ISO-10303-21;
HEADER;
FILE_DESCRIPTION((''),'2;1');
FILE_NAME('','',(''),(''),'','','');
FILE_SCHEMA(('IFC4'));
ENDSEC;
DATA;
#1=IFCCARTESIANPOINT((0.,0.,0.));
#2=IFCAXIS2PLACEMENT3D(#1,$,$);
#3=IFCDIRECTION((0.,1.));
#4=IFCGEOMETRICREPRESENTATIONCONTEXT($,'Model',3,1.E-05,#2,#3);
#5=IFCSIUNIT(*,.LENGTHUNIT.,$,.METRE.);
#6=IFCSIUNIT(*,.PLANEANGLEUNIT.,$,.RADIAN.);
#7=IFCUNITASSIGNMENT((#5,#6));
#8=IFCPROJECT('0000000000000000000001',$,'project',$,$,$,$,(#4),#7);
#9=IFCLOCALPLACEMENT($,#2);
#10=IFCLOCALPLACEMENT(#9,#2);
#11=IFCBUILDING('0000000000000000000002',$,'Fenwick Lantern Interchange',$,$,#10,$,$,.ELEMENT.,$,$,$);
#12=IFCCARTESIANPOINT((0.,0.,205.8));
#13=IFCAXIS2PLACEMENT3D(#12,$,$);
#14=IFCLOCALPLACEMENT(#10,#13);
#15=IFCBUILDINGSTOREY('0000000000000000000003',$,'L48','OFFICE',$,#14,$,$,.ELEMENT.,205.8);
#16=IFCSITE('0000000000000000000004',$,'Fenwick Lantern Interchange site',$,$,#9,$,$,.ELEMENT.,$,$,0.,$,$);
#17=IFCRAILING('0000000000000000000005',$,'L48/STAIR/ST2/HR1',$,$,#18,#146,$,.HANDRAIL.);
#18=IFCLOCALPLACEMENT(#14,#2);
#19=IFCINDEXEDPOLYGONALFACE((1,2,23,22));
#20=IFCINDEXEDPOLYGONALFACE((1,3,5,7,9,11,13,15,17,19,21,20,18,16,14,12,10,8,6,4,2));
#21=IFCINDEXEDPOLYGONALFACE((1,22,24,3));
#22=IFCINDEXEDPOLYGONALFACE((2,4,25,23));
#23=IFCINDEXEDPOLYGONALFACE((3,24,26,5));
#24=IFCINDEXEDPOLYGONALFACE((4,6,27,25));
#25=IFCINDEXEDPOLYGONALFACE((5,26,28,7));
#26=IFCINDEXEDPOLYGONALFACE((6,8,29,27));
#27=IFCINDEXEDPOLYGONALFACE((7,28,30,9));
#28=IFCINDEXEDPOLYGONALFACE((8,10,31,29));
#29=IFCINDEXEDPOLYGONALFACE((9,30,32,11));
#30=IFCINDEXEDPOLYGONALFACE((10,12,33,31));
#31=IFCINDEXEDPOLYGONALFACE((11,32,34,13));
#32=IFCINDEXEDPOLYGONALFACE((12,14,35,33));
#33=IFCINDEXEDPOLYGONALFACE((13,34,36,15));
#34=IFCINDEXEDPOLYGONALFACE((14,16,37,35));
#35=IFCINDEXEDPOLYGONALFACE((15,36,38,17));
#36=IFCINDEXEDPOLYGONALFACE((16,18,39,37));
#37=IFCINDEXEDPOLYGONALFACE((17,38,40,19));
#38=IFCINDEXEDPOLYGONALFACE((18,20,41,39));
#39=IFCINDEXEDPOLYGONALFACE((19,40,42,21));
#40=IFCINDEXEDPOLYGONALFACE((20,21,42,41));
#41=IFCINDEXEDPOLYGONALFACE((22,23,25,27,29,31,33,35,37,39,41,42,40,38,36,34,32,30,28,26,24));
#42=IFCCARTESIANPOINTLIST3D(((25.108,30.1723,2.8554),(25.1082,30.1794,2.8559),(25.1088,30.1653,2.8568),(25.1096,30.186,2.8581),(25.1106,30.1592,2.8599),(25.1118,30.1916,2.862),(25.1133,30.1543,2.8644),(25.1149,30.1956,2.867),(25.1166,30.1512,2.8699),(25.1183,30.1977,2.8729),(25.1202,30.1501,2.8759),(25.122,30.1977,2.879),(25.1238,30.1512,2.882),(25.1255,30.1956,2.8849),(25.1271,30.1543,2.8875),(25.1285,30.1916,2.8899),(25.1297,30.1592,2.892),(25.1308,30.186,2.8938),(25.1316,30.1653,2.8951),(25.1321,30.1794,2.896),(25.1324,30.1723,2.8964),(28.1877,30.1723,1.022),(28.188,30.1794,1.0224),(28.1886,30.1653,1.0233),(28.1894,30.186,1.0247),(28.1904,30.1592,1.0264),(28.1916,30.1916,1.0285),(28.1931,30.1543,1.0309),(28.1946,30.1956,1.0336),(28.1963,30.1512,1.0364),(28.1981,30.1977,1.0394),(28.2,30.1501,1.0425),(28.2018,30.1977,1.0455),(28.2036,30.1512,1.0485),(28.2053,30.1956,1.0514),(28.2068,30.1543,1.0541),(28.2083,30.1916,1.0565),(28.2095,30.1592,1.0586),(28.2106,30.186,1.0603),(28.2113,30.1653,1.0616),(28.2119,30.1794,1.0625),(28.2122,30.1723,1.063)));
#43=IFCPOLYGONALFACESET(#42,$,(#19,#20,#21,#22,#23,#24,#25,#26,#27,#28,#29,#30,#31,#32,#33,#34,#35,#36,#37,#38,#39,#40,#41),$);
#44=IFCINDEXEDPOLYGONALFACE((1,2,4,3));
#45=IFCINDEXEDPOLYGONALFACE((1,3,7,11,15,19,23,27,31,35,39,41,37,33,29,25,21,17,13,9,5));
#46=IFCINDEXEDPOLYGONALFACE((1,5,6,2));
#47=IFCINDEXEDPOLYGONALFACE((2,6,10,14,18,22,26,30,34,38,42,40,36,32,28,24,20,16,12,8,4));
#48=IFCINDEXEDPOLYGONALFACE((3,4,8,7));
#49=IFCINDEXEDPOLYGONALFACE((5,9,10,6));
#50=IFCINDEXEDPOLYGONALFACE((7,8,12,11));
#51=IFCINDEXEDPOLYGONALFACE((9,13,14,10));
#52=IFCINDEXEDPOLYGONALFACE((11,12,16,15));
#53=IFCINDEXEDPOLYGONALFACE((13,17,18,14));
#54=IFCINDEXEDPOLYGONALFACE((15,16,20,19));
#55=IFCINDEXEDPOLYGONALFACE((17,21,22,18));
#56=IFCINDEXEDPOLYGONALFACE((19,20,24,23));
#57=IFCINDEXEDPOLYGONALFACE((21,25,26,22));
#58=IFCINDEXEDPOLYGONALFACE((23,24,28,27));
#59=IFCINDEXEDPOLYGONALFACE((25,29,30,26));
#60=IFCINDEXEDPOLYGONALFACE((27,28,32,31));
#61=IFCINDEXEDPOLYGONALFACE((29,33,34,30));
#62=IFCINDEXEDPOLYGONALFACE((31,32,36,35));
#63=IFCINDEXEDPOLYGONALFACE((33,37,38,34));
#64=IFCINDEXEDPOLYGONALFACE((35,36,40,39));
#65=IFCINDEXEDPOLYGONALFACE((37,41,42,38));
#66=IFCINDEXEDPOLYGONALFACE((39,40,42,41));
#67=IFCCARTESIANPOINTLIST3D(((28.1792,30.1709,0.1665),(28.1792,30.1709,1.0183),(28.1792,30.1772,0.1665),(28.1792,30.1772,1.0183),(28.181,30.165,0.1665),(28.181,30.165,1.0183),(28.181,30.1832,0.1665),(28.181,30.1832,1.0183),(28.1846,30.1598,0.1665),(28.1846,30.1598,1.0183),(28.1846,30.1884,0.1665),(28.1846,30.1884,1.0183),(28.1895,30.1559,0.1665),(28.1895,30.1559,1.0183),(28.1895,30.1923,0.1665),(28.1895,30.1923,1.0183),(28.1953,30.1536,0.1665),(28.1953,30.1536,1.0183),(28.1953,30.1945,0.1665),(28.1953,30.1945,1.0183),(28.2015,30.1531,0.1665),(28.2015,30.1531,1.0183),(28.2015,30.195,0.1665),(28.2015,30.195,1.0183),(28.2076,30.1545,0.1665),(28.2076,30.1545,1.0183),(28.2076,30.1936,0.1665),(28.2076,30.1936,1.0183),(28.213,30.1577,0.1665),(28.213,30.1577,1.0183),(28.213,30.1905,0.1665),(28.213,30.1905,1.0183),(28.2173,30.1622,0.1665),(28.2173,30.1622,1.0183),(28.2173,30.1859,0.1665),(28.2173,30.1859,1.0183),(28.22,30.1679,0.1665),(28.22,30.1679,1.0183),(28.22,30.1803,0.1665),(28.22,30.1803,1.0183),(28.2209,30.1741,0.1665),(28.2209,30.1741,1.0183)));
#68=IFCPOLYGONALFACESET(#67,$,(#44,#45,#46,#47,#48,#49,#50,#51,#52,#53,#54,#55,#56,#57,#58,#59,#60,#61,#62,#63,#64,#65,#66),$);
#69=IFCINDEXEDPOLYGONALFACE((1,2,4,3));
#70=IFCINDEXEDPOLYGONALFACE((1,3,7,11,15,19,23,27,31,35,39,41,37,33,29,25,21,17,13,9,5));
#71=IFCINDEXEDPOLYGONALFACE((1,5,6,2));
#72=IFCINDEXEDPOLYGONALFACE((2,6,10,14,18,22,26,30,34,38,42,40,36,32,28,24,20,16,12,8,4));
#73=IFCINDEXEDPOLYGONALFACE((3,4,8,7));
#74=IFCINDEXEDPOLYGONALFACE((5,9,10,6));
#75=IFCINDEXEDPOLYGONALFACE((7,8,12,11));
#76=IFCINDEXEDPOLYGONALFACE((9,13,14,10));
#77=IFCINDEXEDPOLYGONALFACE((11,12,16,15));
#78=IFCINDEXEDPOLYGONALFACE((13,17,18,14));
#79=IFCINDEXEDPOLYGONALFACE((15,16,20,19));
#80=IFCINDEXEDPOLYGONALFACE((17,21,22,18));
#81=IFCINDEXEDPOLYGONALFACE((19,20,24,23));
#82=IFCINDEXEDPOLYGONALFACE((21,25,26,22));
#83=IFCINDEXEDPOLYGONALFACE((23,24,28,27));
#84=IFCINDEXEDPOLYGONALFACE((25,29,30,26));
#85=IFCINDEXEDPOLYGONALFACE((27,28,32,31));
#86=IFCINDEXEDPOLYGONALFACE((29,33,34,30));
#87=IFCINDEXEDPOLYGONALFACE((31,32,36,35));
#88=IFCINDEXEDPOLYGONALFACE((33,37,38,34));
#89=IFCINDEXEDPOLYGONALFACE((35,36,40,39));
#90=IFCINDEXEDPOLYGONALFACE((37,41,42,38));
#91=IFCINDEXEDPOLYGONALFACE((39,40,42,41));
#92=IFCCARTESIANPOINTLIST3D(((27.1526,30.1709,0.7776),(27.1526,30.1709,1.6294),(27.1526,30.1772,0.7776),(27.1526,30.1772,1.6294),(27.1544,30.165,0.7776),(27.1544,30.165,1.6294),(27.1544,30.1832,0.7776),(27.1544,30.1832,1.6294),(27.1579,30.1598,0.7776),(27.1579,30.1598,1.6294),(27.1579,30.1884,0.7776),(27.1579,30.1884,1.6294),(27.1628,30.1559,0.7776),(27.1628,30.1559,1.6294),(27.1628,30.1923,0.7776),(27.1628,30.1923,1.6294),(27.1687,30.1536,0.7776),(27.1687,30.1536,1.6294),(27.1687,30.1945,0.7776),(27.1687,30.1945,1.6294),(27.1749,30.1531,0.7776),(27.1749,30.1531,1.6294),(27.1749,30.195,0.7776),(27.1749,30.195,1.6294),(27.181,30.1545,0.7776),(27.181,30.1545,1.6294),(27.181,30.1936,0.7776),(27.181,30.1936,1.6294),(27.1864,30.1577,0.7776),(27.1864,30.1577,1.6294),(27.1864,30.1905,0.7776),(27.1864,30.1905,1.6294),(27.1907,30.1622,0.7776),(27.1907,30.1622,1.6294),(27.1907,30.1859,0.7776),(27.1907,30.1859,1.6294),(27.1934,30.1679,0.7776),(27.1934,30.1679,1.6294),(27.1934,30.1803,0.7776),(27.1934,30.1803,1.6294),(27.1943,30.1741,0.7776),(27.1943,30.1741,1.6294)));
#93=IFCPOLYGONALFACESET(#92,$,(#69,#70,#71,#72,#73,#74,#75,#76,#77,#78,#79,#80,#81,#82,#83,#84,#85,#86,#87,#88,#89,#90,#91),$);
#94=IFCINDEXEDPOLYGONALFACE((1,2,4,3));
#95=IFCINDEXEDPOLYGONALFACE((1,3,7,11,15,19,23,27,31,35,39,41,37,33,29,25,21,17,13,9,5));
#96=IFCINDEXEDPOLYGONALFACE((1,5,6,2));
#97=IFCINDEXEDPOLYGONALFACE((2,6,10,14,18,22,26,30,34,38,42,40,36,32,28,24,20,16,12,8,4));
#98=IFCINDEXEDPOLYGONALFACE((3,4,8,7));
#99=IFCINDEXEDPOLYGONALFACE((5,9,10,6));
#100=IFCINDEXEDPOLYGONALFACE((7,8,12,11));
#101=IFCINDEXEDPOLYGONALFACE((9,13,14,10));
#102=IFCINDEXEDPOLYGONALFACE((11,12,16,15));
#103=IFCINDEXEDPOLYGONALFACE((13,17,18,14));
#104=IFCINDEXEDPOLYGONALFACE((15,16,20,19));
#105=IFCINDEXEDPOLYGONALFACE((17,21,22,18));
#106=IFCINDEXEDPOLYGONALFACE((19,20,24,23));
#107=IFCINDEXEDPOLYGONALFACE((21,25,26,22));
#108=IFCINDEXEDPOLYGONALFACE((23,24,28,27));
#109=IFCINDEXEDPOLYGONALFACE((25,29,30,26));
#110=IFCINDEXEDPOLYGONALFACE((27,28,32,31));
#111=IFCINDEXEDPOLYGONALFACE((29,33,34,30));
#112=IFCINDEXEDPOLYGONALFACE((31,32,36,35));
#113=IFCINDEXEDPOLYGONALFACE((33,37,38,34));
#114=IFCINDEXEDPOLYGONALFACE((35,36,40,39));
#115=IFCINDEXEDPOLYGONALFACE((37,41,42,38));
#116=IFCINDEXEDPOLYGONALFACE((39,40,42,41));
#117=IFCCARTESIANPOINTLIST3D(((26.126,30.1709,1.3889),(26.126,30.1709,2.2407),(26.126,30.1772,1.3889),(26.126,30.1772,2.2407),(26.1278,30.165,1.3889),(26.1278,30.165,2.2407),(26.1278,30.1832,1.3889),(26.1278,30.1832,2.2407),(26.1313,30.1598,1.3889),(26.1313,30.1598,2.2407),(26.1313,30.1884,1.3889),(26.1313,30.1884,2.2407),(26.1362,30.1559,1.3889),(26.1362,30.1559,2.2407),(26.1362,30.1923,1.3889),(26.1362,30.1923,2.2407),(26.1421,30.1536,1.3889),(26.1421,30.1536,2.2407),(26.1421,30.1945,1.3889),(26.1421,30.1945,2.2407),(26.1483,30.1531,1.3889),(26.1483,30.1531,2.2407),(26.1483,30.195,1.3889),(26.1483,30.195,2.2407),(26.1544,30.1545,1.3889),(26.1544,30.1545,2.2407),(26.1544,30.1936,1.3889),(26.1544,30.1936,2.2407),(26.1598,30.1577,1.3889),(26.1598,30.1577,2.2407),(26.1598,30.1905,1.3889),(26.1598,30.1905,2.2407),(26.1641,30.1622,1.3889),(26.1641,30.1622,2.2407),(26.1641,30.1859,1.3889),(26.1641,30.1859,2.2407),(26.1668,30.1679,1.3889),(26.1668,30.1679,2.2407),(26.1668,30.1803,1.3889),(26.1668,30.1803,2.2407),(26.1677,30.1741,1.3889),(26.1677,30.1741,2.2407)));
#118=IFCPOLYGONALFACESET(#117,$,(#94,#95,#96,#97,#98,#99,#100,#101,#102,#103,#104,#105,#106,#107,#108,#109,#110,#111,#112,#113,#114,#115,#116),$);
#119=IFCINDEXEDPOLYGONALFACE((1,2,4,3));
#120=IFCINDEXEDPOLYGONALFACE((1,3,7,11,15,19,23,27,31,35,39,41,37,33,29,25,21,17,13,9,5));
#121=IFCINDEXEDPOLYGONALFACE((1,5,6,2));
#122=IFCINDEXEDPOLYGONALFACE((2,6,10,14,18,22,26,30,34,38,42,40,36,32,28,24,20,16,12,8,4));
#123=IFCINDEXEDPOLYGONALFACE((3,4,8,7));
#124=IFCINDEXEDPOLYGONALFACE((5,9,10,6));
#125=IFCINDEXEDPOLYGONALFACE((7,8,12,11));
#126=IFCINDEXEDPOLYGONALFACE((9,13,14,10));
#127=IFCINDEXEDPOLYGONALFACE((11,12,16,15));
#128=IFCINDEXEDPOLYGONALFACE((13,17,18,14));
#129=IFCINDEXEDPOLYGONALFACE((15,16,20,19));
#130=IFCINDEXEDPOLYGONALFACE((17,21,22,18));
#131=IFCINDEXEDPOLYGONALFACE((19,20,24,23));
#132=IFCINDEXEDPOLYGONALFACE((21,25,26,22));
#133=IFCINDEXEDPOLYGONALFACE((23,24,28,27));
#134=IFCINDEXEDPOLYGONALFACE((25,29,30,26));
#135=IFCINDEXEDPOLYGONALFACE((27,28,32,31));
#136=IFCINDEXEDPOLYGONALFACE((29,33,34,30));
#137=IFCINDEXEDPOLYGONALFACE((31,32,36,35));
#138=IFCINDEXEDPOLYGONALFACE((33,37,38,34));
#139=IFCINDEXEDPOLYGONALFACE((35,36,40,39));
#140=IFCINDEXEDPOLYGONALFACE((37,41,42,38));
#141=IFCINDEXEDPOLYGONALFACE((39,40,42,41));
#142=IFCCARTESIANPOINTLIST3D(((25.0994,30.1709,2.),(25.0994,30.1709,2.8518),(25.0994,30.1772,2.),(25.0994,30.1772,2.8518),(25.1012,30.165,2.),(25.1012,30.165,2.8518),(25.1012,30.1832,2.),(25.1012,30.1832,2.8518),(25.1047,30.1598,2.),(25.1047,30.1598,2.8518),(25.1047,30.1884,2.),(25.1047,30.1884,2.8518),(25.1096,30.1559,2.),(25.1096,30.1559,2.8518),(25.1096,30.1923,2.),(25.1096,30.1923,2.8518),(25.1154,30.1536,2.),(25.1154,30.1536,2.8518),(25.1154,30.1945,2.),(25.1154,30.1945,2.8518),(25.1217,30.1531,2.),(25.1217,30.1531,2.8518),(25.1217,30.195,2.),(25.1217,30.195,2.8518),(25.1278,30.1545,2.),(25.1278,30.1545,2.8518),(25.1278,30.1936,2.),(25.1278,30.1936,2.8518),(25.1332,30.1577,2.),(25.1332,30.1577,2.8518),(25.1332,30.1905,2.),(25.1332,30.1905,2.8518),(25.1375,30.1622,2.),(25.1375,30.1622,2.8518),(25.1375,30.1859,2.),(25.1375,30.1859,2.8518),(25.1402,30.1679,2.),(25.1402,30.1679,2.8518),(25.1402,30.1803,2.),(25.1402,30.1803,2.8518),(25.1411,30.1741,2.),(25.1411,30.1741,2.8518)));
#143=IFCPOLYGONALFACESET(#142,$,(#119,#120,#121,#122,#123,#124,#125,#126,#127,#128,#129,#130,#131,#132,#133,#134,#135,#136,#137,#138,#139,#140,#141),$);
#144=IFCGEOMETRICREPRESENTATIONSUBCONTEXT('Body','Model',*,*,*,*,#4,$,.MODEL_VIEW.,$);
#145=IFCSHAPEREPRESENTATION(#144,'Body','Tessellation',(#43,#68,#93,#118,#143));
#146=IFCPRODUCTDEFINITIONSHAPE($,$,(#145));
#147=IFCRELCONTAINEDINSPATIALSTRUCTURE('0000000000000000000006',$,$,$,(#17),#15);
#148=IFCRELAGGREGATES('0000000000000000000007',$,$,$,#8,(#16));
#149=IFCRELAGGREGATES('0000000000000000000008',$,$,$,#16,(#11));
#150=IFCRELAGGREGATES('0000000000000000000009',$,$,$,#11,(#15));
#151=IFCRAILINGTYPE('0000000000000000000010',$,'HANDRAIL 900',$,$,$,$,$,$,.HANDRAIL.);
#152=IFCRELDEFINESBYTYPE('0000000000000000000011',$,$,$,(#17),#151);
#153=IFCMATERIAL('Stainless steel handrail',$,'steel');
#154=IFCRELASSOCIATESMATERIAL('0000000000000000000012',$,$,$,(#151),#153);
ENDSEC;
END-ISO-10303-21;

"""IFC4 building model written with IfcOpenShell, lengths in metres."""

from ifc_helpers import new_model, si_unit, direction, frame, origin, origin_2d, place, context, subcontext, project, spatial, circle, extrude, material, type_object, element, save


model = new_model("IFC4")

# Units and contexts
model_context = context("Model", 3, precision=1e-05, world=origin(), true_north=direction((0.0, 1.0)))
body_context = subcontext(model_context, "Body", "Model", "MODEL_VIEW")
ifc_project = project(units=[si_unit("LENGTHUNIT", "METRE"), si_unit("PLANEANGLEUNIT", "RADIAN")], contexts=[model_context])

# Site, building, storey
site_placement = place(None, origin())
site = spatial("IfcSite", under=ifc_project, at=site_placement, Name="Fenwick Lantern Interchange site", CompositionType="ELEMENT", RefElevation=0.0)
building_placement = place(site_placement, origin())
building = spatial("IfcBuilding", under=site, at=building_placement, Name="Fenwick Lantern Interchange", CompositionType="ELEMENT")
storey_placement = place(building_placement, frame((0.0, 0.0, 205.8)))
storey = spatial("IfcBuildingStorey", under=building, at=storey_placement, Name="L48", Description="OFFICE", CompositionType="ELEMENT", Elevation=205.8)

# Railing
ifc_material_1 = material(Name="Stainless steel handrail", Category="steel")
railing_type = type_object("IfcRailingType", Name="HANDRAIL 900", PredefinedType="HANDRAIL", material=ifc_material_1)
railing_1_placement = place(storey_placement, frame((28.2, 30.1741, 0.1665)))
element("IfcRailing", 1, at=railing_1_placement, inside=storey, type_object=railing_type, Name="L48/STAIR/ST2/HR1", PredefinedType="HANDRAIL", context=body_context, shape_type="SweptSolid", body=[
    extrude(circle(Radius=0.0239, at=origin_2d()), frame((0.0, 0.0, 0.876), z_axis=(-0.859261, 0.0, 0.511538), x_axis=(0.0, -1.0, 0.0)), (0.0, 0.0, 1.0), 3.5842),
    extrude(circle(Radius=0.021, at=origin_2d()), origin(), (0.0, 0.0, 1.0), 0.8518),
    extrude(circle(Radius=0.021, at=origin_2d()), frame((-1.0266, 0.0, 0.6111)), (0.0, 0.0, 1.0), 0.8518),
    extrude(circle(Radius=0.021, at=origin_2d()), frame((-2.0532, 0.0, 1.2224)), (0.0, 0.0, 1.0), 0.8518),
    extrude(circle(Radius=0.021, at=origin_2d()), frame((-3.0798, 0.0, 1.8335)), (0.0, 0.0, 1.0), 0.8518),
])

save(model, "model.ifc")
